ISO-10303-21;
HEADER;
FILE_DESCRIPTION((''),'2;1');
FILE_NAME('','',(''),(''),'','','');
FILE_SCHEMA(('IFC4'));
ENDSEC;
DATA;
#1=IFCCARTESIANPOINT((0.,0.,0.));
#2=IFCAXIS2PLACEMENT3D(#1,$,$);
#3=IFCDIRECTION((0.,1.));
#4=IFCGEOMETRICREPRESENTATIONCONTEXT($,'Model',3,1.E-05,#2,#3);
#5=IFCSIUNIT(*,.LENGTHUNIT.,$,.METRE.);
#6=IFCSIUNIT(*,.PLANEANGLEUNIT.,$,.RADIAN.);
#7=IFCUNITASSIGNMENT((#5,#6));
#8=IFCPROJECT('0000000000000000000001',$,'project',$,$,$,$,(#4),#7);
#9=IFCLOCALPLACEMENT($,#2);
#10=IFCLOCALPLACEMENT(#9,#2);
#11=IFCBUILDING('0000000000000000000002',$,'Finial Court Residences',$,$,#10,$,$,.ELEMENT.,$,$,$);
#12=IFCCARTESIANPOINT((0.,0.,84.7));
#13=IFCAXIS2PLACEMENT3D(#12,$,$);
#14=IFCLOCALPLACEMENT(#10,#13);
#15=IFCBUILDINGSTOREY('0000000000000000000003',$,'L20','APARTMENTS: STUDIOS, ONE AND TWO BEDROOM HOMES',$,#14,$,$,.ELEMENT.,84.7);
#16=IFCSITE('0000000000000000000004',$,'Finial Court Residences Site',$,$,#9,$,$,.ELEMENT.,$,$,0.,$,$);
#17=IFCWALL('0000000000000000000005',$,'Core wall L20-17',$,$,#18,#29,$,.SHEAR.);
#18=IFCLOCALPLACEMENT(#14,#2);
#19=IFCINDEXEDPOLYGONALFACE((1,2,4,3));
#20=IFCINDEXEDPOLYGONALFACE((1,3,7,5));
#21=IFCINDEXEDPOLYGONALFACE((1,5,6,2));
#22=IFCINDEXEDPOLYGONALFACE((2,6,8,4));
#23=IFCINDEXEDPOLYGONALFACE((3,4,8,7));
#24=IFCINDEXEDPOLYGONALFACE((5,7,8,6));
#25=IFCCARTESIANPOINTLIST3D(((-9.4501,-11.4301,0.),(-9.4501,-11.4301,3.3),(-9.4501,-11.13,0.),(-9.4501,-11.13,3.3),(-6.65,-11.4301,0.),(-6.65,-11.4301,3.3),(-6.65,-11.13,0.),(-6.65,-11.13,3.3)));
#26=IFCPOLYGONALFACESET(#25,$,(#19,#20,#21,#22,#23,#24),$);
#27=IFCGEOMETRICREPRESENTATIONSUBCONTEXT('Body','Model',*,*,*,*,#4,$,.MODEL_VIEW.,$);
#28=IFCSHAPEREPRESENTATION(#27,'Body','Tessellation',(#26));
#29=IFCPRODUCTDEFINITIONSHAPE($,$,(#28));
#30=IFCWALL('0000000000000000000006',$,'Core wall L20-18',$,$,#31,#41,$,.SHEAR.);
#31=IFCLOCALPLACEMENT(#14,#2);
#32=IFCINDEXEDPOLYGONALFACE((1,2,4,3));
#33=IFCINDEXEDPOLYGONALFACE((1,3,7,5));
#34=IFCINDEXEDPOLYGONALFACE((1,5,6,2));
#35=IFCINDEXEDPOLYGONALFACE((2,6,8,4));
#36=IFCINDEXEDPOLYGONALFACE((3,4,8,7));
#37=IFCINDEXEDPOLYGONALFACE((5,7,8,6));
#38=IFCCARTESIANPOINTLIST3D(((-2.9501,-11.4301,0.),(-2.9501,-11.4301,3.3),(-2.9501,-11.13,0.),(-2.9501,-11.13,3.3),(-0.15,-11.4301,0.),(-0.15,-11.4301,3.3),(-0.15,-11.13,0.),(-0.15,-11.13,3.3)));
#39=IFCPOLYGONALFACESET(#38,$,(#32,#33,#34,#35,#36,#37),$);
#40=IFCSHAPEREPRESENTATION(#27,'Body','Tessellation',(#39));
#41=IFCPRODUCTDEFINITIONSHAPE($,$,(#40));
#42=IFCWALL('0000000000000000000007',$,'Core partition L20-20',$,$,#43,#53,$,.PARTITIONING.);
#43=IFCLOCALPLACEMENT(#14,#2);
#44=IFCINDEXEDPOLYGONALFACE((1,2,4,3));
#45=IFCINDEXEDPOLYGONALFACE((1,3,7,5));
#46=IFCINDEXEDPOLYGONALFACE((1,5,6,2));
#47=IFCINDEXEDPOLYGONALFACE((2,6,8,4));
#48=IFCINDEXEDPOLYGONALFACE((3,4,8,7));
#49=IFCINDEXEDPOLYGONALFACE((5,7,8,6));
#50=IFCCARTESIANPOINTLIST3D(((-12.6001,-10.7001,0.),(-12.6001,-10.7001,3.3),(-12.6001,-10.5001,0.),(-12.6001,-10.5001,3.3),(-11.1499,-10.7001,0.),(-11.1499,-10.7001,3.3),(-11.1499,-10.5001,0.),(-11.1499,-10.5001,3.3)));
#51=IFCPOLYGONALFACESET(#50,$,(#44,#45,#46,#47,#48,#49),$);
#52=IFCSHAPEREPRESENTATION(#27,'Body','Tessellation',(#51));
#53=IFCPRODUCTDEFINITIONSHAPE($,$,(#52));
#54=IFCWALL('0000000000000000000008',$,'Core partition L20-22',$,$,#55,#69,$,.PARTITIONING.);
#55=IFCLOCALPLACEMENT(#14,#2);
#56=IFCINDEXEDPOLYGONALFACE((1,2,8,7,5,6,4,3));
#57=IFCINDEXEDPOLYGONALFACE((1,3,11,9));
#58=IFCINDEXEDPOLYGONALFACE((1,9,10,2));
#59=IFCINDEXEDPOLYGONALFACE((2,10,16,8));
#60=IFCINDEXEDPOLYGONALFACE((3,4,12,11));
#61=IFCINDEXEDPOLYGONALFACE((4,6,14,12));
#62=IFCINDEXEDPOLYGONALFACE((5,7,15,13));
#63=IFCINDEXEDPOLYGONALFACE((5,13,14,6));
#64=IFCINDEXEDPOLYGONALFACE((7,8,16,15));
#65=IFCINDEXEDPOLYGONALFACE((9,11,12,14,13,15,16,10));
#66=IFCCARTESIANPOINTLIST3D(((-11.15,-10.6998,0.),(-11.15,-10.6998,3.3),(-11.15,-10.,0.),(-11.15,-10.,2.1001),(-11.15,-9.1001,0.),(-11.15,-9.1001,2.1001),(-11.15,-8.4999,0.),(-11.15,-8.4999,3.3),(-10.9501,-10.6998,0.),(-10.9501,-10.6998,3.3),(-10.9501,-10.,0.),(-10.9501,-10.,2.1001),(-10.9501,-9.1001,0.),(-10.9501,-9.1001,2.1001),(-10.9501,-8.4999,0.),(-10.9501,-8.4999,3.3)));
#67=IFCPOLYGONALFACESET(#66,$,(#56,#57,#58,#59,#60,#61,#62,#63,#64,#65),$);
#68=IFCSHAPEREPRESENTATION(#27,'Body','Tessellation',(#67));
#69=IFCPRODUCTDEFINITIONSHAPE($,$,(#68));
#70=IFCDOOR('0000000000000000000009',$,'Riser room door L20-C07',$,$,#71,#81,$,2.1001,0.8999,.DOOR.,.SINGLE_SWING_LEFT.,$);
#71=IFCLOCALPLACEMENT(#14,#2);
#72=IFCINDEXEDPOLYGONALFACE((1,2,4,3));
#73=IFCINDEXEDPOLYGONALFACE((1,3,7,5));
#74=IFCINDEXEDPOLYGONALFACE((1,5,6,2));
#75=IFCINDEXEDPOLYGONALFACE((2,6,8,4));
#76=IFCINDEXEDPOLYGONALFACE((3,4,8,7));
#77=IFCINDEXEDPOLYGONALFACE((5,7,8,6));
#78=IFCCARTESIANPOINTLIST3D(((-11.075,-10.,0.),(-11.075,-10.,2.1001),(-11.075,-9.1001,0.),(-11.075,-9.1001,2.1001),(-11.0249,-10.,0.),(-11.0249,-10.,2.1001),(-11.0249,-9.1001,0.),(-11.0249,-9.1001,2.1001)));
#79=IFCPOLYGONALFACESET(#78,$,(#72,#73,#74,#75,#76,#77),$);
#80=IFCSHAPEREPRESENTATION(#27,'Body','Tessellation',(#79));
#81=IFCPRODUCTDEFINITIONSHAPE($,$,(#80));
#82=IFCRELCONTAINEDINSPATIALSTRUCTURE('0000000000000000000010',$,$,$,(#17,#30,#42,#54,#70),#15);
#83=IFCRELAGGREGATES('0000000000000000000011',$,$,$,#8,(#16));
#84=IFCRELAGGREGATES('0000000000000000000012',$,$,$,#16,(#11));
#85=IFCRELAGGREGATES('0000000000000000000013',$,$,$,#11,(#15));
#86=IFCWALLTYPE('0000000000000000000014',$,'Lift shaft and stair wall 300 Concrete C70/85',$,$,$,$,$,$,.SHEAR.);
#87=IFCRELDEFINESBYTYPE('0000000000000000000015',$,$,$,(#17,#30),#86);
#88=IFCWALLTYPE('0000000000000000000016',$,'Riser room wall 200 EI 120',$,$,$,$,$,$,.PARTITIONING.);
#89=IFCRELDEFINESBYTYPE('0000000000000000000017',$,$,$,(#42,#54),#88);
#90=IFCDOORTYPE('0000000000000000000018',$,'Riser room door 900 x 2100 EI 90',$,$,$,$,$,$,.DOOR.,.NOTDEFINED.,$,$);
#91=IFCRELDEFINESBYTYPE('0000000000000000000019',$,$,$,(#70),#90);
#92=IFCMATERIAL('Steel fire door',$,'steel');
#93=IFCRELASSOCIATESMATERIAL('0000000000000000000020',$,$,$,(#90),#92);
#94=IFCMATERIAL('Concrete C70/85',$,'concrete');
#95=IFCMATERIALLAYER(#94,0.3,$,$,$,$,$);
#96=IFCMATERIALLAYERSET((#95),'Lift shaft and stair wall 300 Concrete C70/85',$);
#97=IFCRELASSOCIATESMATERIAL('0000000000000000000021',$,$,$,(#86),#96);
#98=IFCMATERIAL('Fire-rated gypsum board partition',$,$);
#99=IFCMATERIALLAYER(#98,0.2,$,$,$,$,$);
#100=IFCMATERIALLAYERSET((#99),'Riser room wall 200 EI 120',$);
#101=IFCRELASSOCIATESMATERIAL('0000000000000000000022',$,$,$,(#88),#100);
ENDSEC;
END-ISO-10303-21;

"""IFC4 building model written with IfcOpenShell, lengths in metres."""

from ifc_helpers import new_model, si_unit, direction, frame, frame_2d, origin, place, context, subcontext, project, spatial, rectangle, extrude, material, layer, layer_set, type_object, element, fill, save


model = new_model("IFC4")

# Units and contexts
model_context = context("Model", 3, precision=1e-05, world=origin(), true_north=direction((0.0, 1.0)))
body_context = subcontext(model_context, "Body", "Model", "MODEL_VIEW")
ifc_project = project(units=[si_unit("LENGTHUNIT", "METRE"), si_unit("PLANEANGLEUNIT", "RADIAN")], contexts=[model_context])

# Site, building, storey
site_placement = place(None, origin())
site = spatial("IfcSite", under=ifc_project, at=site_placement, Name="Finial Court Residences Site", CompositionType="ELEMENT", RefElevation=0.0)
building_placement = place(site_placement, origin())
building = spatial("IfcBuilding", under=site, at=building_placement, Name="Finial Court Residences", CompositionType="ELEMENT")
storey_placement = place(building_placement, frame((0.0, 0.0, 84.7)))
storey = spatial("IfcBuildingStorey", under=building, at=storey_placement, Name="L20", Description="APARTMENTS: STUDIOS, ONE AND TWO BEDROOM HOMES", CompositionType="ELEMENT", Elevation=84.7)

# Shared definitions
ifc_material_1 = material(Name="Concrete C70/85", Category="concrete")

# Shared definitions
ifc_material_2 = material(Name="Steel fire door", Category="steel")
door_type_1 = type_object("IfcDoorType", Name="Riser room door 900 x 2100 EI 90", OperationType="NOTDEFINED", PredefinedType="DOOR", material=ifc_material_2)

# Walls
ifc_layer_1 = layer(ifc_material_1, 0.3)
ifc_layer_set_1 = layer_set([ifc_layer_1], Name="Lift shaft and stair wall 300 Concrete C70/85")
wall_type_1 = type_object("IfcWallType", Name="Lift shaft and stair wall 300 Concrete C70/85", PredefinedType="SHEAR", material=ifc_layer_set_1)
for number, where, z_axis, x_axis, name in (
    (1, (-9.45, -11.28, 0.0), (0.0, 0.0, 1.0), (1.0, 0.0, 0.0), "Core wall L20-17"),
    (2, (-2.95, -11.28, 0.0), (0.0, 0.0, 1.0), (1.0, 0.0, 0.0), "Core wall L20-18"),
):
    element("IfcWall", number, at=place(storey_placement, frame(where, z_axis=z_axis, x_axis=x_axis)), inside=storey, type_object=wall_type_1, Name=name, PredefinedType="SHEAR", context=body_context, shape_type="SweptSolid", body=[
        extrude(rectangle(XDim=2.8, YDim=0.3, at=frame_2d((1.3999, 0.0))), origin(), (0.0, 0.0, 1.0), 3.3),
    ])
ifc_material_3 = material(Name="Fire-rated gypsum board partition")
ifc_layer_2 = layer(ifc_material_3, 0.2)
ifc_layer_set_2 = layer_set([ifc_layer_2], Name="Riser room wall 200 EI 120")
wall_type_2 = type_object("IfcWallType", Name="Riser room wall 200 EI 120", PredefinedType="PARTITIONING", material=ifc_layer_set_2)
wall_1_placement = place(storey_placement, frame((-12.6001, -10.6001, 0.0), z_axis=(0.0, 0.0, 1.0), x_axis=(1.0, 0.0, 0.0)))
element("IfcWall", 3, at=wall_1_placement, inside=storey, type_object=wall_type_2, Name="Core partition L20-20", PredefinedType="PARTITIONING", context=body_context, shape_type="SweptSolid", body=[
    extrude(rectangle(XDim=1.4502, YDim=0.2, at=frame_2d((0.7251, 0.0))), origin(), (0.0, 0.0, 1.0), 3.3),
])

# Wall, opening, door
wall_2_placement = place(storey_placement, frame((-11.05, -10.7, 0.0), z_axis=(0.0, 0.0, 1.0), x_axis=(0.0, 1.0, 0.0)))
wall_2 = element("IfcWall", 4, at=wall_2_placement, inside=storey, type_object=wall_type_2, Name="Core partition L20-22", PredefinedType="PARTITIONING", context=body_context, shape_type="SweptSolid", body=[
    extrude(rectangle(XDim=2.2, YDim=0.2, at=frame_2d((1.1001, 0.0))), origin(), (0.0, 0.0, 1.0), 3.3),
])
opening_1_placement = place(wall_2_placement, frame((0.7, 0.0, 0.0)))
opening_1 = element("IfcOpeningElement", 5, at=opening_1_placement, cuts=wall_2, PredefinedType="OPENING", context=body_context, shape_type="SweptSolid", body=[
    extrude(rectangle(XDim=0.8999, YDim=2.1001, at=frame_2d((0.45, 1.05))), frame((0.0, 0.1099, 0.0), z_axis=(0.0, -1.0, 0.0), x_axis=(1.0, 0.0, 0.0)), (0.0, 0.0, 1.0), 0.22),
])
door_1_placement = place(opening_1_placement, origin())
door_1 = element("IfcDoor", 6, at=door_1_placement, inside=storey, type_object=door_type_1, Name="Riser room door L20-C07", OperationType="SINGLE_SWING_LEFT", OverallHeight=2.1001, OverallWidth=0.8999, PredefinedType="DOOR", context=body_context, shape_type="SweptSolid", body=[
    extrude(rectangle(XDim=0.8999, YDim=2.1001, at=frame_2d((0.45, 1.05))), frame((0.0, 0.0249, 0.0), z_axis=(0.0, -1.0, 0.0), x_axis=(1.0, 0.0, 0.0)), (0.0, 0.0, 1.0), 0.05),
])
fill(opening_1, door_1)

save(model, "model.ifc")
